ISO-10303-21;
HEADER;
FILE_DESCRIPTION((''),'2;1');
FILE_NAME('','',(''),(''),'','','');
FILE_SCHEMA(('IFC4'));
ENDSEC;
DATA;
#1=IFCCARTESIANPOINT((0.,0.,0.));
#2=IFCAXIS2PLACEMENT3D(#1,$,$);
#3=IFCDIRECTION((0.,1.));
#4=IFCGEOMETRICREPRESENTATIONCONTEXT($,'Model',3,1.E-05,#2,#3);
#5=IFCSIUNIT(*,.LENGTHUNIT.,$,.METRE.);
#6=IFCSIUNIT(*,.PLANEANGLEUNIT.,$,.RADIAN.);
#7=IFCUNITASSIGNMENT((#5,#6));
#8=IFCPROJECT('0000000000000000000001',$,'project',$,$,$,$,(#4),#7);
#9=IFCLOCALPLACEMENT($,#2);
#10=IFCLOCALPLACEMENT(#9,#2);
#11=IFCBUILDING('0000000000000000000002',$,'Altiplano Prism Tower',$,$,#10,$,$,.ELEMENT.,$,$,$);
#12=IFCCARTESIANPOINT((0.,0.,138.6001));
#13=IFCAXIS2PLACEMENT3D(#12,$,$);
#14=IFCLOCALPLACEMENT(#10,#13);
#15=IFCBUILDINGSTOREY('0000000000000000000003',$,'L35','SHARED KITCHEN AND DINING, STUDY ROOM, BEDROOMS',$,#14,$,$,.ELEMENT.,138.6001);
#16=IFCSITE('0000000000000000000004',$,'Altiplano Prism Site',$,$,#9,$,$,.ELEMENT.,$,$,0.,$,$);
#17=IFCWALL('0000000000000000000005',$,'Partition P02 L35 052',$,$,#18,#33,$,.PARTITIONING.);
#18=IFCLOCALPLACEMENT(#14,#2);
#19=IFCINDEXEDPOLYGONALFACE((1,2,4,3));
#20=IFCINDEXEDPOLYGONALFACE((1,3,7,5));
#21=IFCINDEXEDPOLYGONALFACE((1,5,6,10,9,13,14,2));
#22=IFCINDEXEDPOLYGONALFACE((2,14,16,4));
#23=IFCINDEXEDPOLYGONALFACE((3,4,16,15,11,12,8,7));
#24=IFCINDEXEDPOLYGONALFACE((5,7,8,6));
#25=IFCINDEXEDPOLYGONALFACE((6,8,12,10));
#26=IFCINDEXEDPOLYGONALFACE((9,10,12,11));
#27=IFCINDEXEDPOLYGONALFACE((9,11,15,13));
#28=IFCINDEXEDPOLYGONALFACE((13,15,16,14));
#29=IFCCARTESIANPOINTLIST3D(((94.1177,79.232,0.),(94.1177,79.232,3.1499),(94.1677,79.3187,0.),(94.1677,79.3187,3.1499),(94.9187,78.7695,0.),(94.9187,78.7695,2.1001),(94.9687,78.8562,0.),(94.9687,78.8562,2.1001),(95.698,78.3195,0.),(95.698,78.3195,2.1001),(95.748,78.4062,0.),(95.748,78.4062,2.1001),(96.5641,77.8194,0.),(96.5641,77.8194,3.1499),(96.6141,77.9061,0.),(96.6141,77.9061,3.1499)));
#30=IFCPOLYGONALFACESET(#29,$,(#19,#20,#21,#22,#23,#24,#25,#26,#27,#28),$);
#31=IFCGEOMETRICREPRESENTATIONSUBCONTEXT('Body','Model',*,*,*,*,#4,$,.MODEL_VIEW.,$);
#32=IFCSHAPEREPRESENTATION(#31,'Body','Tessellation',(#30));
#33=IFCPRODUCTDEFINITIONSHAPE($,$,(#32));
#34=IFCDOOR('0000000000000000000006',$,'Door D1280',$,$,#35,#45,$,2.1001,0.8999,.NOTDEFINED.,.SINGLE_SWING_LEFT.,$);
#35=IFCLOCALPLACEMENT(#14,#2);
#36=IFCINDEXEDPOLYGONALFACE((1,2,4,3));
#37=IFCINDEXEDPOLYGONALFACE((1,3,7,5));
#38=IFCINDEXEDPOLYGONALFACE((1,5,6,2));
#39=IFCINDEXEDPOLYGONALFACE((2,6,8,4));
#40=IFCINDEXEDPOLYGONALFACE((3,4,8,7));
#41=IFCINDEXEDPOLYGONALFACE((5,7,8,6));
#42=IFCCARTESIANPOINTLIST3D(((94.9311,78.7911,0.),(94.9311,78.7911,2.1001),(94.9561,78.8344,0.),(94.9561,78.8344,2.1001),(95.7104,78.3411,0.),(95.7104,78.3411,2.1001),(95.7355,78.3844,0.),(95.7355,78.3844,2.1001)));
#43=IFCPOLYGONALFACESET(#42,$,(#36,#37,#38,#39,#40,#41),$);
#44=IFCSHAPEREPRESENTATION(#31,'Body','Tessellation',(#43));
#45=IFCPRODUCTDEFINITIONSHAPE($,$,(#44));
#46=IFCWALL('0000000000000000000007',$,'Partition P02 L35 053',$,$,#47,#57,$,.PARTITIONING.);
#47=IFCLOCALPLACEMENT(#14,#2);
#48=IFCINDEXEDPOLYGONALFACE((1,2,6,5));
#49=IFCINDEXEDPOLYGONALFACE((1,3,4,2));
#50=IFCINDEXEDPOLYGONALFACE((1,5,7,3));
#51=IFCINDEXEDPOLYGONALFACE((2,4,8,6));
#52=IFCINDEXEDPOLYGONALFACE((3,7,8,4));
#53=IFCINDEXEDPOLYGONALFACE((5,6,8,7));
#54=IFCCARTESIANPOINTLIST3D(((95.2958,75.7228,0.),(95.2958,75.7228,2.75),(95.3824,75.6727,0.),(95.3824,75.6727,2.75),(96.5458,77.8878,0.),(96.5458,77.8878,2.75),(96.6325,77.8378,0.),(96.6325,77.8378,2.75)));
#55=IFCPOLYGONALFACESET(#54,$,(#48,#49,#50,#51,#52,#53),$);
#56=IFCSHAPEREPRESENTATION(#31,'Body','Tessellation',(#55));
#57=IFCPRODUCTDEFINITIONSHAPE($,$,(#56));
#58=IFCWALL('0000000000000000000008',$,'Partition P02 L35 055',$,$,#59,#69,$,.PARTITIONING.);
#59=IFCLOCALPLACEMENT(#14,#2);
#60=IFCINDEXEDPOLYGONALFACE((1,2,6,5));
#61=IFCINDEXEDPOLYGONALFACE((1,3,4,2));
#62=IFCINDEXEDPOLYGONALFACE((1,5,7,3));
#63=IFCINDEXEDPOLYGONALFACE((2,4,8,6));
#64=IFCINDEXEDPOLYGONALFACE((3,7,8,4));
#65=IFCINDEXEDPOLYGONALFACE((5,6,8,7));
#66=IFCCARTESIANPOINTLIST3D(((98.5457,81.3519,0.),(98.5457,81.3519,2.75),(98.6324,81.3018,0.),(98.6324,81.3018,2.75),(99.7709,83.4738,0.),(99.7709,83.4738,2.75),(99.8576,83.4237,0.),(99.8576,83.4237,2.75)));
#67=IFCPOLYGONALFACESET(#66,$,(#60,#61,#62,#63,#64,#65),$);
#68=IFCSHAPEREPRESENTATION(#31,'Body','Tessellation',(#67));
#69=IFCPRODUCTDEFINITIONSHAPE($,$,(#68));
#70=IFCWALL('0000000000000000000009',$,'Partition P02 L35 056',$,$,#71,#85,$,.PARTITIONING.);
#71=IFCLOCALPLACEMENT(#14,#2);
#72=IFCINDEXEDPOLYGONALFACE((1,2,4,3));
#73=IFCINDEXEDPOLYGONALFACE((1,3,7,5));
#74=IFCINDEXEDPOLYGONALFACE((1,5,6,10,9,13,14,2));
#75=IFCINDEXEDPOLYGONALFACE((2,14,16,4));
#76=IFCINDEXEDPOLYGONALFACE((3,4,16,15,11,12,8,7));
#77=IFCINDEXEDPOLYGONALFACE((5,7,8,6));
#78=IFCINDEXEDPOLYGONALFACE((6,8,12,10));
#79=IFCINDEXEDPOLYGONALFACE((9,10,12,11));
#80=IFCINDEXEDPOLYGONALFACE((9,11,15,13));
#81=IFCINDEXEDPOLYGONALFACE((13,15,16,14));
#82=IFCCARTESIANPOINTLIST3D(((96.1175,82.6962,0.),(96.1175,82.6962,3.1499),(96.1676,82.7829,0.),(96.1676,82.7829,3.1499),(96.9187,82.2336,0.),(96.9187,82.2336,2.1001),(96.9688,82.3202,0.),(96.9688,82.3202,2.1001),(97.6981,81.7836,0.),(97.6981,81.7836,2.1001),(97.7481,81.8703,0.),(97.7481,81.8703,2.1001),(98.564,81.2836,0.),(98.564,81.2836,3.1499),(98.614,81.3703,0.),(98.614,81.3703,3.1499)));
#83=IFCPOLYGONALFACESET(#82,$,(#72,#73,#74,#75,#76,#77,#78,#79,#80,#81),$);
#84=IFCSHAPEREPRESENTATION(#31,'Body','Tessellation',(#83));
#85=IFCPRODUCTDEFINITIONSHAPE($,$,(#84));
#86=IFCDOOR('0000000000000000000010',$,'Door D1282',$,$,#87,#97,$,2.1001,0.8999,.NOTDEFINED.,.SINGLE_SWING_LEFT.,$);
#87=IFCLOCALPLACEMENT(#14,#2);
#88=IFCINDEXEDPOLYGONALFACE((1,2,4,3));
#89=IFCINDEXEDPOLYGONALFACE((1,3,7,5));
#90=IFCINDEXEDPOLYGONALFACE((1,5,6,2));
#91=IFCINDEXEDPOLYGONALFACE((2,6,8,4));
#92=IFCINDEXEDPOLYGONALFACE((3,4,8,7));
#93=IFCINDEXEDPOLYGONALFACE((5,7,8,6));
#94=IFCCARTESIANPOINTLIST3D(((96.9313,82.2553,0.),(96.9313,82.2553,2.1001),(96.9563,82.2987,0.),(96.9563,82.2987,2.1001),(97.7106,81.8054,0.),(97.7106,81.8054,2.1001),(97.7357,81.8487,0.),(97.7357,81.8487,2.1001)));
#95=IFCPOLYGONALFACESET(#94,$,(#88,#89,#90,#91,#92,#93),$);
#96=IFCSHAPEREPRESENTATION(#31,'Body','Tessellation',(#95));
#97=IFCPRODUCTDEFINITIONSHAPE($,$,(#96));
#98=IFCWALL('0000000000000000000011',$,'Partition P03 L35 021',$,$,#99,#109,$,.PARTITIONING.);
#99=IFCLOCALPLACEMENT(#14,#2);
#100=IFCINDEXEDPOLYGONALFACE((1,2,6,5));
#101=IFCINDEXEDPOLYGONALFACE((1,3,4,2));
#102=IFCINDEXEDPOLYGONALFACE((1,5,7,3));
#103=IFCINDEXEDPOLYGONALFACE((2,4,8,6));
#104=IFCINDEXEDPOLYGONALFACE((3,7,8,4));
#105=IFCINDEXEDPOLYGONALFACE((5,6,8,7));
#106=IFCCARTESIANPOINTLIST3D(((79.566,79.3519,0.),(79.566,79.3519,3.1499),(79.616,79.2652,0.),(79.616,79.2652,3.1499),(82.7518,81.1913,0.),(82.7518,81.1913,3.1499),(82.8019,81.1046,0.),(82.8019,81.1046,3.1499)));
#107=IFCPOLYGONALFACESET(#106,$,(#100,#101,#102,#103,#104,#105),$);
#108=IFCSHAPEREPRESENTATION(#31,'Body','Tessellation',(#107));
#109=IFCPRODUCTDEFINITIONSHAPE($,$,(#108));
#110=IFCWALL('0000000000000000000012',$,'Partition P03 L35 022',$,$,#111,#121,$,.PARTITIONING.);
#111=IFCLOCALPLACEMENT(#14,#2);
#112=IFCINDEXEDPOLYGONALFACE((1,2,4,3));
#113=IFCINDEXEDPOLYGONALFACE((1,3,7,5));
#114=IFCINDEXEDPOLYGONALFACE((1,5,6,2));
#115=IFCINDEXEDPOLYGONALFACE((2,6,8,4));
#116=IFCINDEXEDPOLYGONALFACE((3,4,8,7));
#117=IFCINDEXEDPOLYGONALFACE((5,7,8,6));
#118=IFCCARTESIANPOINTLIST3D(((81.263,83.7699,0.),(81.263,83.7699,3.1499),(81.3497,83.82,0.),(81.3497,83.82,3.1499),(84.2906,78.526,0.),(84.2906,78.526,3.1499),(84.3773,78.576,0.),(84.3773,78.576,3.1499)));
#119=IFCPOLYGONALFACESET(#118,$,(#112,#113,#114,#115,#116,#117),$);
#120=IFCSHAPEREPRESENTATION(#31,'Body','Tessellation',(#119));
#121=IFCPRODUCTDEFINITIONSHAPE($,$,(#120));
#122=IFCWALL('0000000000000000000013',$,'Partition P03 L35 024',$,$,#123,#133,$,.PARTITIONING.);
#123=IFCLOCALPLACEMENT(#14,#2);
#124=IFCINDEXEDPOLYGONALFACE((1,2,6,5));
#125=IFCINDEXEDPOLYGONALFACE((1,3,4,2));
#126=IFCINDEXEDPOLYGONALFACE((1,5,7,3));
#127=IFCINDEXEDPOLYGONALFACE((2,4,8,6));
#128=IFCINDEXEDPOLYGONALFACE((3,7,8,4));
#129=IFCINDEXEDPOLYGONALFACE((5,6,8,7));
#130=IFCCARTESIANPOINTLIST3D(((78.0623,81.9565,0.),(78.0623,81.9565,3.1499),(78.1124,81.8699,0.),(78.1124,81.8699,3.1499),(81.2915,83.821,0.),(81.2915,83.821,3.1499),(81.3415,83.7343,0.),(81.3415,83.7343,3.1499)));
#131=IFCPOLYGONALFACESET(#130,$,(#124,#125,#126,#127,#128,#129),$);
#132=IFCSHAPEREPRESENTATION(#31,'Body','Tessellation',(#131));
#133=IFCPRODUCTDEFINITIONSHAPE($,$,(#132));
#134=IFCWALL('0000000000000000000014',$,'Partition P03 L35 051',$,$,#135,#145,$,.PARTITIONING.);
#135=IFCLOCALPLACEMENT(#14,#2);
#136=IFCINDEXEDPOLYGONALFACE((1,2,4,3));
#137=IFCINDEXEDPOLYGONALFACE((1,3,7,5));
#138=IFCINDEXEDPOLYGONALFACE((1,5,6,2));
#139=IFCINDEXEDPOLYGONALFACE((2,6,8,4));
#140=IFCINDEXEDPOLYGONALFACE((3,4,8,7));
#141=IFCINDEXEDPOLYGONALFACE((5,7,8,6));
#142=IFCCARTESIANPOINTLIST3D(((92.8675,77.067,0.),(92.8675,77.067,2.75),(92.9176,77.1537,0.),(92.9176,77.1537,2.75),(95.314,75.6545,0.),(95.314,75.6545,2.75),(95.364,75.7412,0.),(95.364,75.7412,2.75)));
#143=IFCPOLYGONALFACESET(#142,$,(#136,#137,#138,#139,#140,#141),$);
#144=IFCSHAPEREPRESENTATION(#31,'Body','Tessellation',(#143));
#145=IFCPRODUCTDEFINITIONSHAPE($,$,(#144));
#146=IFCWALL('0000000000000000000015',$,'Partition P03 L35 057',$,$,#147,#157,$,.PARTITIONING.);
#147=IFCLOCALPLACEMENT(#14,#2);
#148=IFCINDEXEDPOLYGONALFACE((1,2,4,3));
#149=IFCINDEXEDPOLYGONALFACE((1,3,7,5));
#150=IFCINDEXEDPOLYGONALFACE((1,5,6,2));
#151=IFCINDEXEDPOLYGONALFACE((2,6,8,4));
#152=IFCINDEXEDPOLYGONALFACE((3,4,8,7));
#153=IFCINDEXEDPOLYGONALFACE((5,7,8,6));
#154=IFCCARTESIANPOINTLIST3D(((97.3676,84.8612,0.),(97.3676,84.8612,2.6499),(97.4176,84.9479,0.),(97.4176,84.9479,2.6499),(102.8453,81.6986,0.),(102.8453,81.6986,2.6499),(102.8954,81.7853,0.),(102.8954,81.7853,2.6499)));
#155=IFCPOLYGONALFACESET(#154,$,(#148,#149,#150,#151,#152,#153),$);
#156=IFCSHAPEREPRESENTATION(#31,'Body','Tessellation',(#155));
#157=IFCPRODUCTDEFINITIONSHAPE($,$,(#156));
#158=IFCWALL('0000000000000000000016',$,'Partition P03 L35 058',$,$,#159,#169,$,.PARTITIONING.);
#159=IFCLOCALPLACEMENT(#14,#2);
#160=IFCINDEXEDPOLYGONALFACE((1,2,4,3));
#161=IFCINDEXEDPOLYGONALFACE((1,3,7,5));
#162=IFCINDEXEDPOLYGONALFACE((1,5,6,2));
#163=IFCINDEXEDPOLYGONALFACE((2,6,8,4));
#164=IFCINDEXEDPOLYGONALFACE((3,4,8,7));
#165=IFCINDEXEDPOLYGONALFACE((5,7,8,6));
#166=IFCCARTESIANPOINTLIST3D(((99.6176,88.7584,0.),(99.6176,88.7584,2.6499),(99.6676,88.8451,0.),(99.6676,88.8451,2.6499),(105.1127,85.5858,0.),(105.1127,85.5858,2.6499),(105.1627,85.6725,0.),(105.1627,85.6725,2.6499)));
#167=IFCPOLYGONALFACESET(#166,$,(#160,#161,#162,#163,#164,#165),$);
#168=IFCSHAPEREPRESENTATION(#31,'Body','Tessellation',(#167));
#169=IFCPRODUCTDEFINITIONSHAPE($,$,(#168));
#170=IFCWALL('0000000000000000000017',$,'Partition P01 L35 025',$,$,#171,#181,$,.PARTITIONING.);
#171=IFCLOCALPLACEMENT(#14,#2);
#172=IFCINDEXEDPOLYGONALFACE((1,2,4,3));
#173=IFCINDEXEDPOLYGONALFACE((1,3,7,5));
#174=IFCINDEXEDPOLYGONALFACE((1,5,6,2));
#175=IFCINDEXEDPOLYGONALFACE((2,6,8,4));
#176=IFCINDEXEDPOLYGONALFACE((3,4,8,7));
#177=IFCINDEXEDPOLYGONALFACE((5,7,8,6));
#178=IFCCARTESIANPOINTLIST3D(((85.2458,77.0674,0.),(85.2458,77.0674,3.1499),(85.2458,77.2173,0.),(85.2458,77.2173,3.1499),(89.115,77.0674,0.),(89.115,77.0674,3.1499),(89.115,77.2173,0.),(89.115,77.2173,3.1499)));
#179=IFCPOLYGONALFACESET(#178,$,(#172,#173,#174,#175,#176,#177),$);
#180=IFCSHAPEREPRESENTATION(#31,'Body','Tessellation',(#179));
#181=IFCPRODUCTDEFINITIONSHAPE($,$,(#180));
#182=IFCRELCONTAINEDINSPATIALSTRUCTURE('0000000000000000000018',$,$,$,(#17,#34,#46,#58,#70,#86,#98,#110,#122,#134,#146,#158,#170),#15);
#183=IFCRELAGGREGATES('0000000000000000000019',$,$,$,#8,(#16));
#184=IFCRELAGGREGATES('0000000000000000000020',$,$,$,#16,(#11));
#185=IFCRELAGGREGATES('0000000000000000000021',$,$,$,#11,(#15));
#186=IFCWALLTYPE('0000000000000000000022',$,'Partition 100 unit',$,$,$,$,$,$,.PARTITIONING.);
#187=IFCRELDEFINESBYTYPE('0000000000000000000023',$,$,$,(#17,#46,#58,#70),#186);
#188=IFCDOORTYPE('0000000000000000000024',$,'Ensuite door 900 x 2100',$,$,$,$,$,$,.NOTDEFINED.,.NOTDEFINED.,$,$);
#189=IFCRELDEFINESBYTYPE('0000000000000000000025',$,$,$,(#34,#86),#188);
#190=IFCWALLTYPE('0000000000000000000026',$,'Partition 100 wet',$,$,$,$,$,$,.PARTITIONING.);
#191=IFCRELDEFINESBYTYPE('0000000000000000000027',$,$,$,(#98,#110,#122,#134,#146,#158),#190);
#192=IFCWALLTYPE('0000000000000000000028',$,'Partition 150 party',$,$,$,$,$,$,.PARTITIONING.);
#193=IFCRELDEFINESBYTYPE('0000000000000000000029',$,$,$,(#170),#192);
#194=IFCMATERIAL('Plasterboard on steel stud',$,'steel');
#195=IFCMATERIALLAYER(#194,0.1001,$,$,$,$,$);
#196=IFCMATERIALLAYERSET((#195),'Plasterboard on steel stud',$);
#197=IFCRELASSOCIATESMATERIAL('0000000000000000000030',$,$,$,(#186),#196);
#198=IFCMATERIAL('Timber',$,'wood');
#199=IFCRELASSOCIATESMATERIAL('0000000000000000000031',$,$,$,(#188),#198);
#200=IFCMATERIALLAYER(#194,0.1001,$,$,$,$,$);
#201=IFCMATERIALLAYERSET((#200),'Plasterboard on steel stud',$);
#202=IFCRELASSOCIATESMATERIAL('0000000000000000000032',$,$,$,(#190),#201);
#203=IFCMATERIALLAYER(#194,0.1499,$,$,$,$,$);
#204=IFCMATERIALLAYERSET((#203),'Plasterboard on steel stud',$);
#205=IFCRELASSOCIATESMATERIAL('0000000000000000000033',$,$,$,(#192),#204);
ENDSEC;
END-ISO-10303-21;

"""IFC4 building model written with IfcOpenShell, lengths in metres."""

from ifc_helpers import new_model, si_unit, direction, frame, frame_2d, origin, place, context, subcontext, project, spatial, rectangle, extrude, material, layer, layer_set, type_object, element, fill, save


model = new_model("IFC4")

# Units and contexts
model_context = context("Model", 3, precision=1e-05, world=origin(), true_north=direction((0.0, 1.0)))
body_context = subcontext(model_context, "Body", "Model", "MODEL_VIEW")
ifc_project = project(units=[si_unit("LENGTHUNIT", "METRE"), si_unit("PLANEANGLEUNIT", "RADIAN")], contexts=[model_context])

# Site, building, storey
site_placement = place(None, origin())
site = spatial("IfcSite", under=ifc_project, at=site_placement, Name="Altiplano Prism Site", CompositionType="ELEMENT", RefElevation=0.0)
building_placement = place(site_placement, origin())
building = spatial("IfcBuilding", under=site, at=building_placement, Name="Altiplano Prism Tower", CompositionType="ELEMENT")
storey_placement = place(building_placement, frame((0.0, 0.0, 138.6001)))
storey = spatial("IfcBuildingStorey", under=building, at=storey_placement, Name="L35", Description="SHARED KITCHEN AND DINING, STUDY ROOM, BEDROOMS", CompositionType="ELEMENT", Elevation=138.6001)

# Shared definitions
ifc_material_1 = material(Name="Plasterboard on steel stud", Category="steel")
ifc_layer_1 = layer(ifc_material_1, 0.1001)
ifc_layer_set_1 = layer_set([ifc_layer_1], Name="Plasterboard on steel stud")
wall_type_1 = type_object("IfcWallType", Name="Partition 100 unit", PredefinedType="PARTITIONING", material=ifc_layer_set_1)

# Wall, opening, door
wall_1_placement = place(storey_placement, frame((94.1426, 79.2754, 0.0), z_axis=(0.0, 0.0, 1.0), x_axis=(0.866011, -0.500024, 0.0)))
wall_1 = element("IfcWall", 1, at=wall_1_placement, inside=storey, type_object=wall_type_1, Name="Partition P02 L35 052", PredefinedType="PARTITIONING", context=body_context, shape_type="SweptSolid", body=[
    extrude(rectangle(XDim=2.825, YDim=0.1001, at=frame_2d((1.4126, 0.0))), origin(), (0.0, 0.0, 1.0), 3.1499),
])
opening_1_placement = place(wall_1_placement, frame((0.925, 0.0, 0.0)))
opening_1 = element("IfcOpeningElement", 2, at=opening_1_placement, cuts=wall_1, PredefinedType="OPENING", context=body_context, shape_type="SweptSolid", body=[
    extrude(rectangle(XDim=0.8999, YDim=2.1001, at=frame_2d((0.45, 1.05))), frame((0.0, 0.0605, 0.0), z_axis=(0.0, -1.0, 0.0), x_axis=(1.0, 0.0, 0.0)), (0.0, 0.0, 1.0), 0.1211),
])
ifc_material_2 = material(Name="Timber", Category="wood")
door_type = type_object("IfcDoorType", Name="Ensuite door 900 x 2100", OperationType="NOTDEFINED", PredefinedType="NOTDEFINED", material=ifc_material_2)
door_1_placement = place(opening_1_placement, origin())
door_1 = element("IfcDoor", 3, at=door_1_placement, inside=storey, type_object=door_type, Name="Door D1280", OperationType="SINGLE_SWING_LEFT", OverallHeight=2.1001, OverallWidth=0.8999, PredefinedType="NOTDEFINED", context=body_context, shape_type="SweptSolid", body=[
    extrude(rectangle(XDim=0.8999, YDim=2.1001, at=frame_2d((0.45, 1.05))), frame((0.0, 0.0249, 0.0), z_axis=(0.0, -1.0, 0.0), x_axis=(1.0, 0.0, 0.0)), (0.0, 0.0, 1.0), 0.05),
])
fill(opening_1, door_1)

# Walls
wall_2_placement = place(storey_placement, frame((96.5891, 77.8628, 0.0), z_axis=(0.0, 0.0, 1.0), x_axis=(-0.500004, -0.866023, 0.0)))
element("IfcWall", 4, at=wall_2_placement, inside=storey, type_object=wall_type_1, Name="Partition P02 L35 053", PredefinedType="PARTITIONING", context=body_context, shape_type="SweptSolid", body=[
    extrude(rectangle(XDim=2.5, YDim=0.1001, at=frame_2d((1.25, 0.0))), origin(), (0.0, 0.0, 1.0), 2.75),
])
wall_3_placement = place(storey_placement, frame((99.8142, 83.4487, 0.0), z_axis=(0.0, 0.0, 1.0), x_axis=(-0.500019, -0.866015, 0.0)))
element("IfcWall", 5, at=wall_3_placement, inside=storey, type_object=wall_type_1, Name="Partition P02 L35 055", PredefinedType="PARTITIONING", context=body_context, shape_type="SweptSolid", body=[
    extrude(rectangle(XDim=2.4502, YDim=0.1001, at=frame_2d((1.2251, 0.0))), origin(), (0.0, 0.0, 1.0), 2.75),
])

# Wall, opening, door
wall_4_placement = place(storey_placement, frame((98.5891, 81.3269, 0.0), z_axis=(0.0, 0.0, 1.0), x_axis=(-0.866011, 0.500024, 0.0)))
wall_4 = element("IfcWall", 6, at=wall_4_placement, inside=storey, type_object=wall_type_1, Name="Partition P02 L35 056", PredefinedType="PARTITIONING", context=body_context, shape_type="SweptSolid", body=[
    extrude(rectangle(XDim=2.825, YDim=0.1001, at=frame_2d((1.4126, 0.0))), origin(), (0.0, 0.0, 1.0), 3.1499),
])
opening_2_placement = place(wall_4_placement, frame((1.0, 0.0, 0.0)))
opening_2 = element("IfcOpeningElement", 7, at=opening_2_placement, cuts=wall_4, PredefinedType="OPENING", context=body_context, shape_type="SweptSolid", body=[
    extrude(rectangle(XDim=0.8999, YDim=2.1001, at=frame_2d((0.45, 1.05))), frame((0.0, 0.0605, 0.0), z_axis=(0.0, -1.0, 0.0), x_axis=(1.0, 0.0, 0.0)), (0.0, 0.0, 1.0), 0.1211),
])
door_2_placement = place(opening_2_placement, origin())
door_2 = element("IfcDoor", 8, at=door_2_placement, inside=storey, type_object=door_type, Name="Door D1282", OperationType="SINGLE_SWING_LEFT", OverallHeight=2.1001, OverallWidth=0.8999, PredefinedType="NOTDEFINED", context=body_context, shape_type="SweptSolid", body=[
    extrude(rectangle(XDim=0.8999, YDim=2.1001, at=frame_2d((0.45, 1.05))), frame((0.0, 0.0249, 0.0), z_axis=(0.0, -1.0, 0.0), x_axis=(1.0, 0.0, 0.0)), (0.0, 0.0, 1.0), 0.05),
])
fill(opening_2, door_2)

# Walls
ifc_layer_2 = layer(ifc_material_1, 0.1001)
ifc_layer_set_2 = layer_set([ifc_layer_2], Name="Plasterboard on steel stud")
wall_type_2 = type_object("IfcWallType", Name="Partition 100 wet", PredefinedType="PARTITIONING", material=ifc_layer_set_2)
wall_5_placement = place(storey_placement, frame((82.7769, 81.1479, 0.0), z_axis=(0.0, 0.0, 1.0), x_axis=(-0.866021, -0.500008, 0.0)))
element("IfcWall", 9, at=wall_5_placement, inside=storey, type_object=wall_type_2, Name="Partition P03 L35 021", PredefinedType="PARTITIONING", context=body_context, shape_type="SweptSolid", body=[
    extrude(rectangle(XDim=3.6787, YDim=0.1001, at=frame_2d((1.8394, 0.0))), origin(), (0.0, 0.0, 1.0), 3.1499),
])
wall_6_placement = place(storey_placement, frame((84.334, 78.551, 0.0), z_axis=(0.0, 0.0, 1.0), x_axis=(-0.500003, 0.866024, 0.0)))
element("IfcWall", 10, at=wall_6_placement, inside=storey, type_object=wall_type_2, Name="Partition P03 L35 022", PredefinedType="PARTITIONING", context=body_context, shape_type="SweptSolid", body=[
    extrude(rectangle(XDim=6.0552, YDim=0.1001, at=frame_2d((3.0276, 0.0))), origin(), (0.0, 0.0, 1.0), 3.1499),
])
wall_7_placement = place(storey_placement, frame((81.3164, 83.7776, 0.0), z_axis=(0.0, 0.0, 1.0), x_axis=(-0.866014, -0.500019, 0.0)))
element("IfcWall", 11, at=wall_7_placement, inside=storey, type_object=wall_type_2, Name="Partition P03 L35 024", PredefinedType="PARTITIONING", context=body_context, shape_type="SweptSolid", body=[
    extrude(rectangle(XDim=3.7288, YDim=0.1001, at=frame_2d((1.8643, 0.0))), origin(), (0.0, 0.0, 1.0), 3.1499),
])
wall_8_placement = place(storey_placement, frame((95.3391, 75.6978, 0.0), z_axis=(0.0, 0.0, 1.0), x_axis=(-0.866011, 0.500024, 0.0)))
element("IfcWall", 12, at=wall_8_placement, inside=storey, type_object=wall_type_2, Name="Partition P03 L35 051", PredefinedType="PARTITIONING", context=body_context, shape_type="SweptSolid", body=[
    extrude(rectangle(XDim=2.825, YDim=0.1001, at=frame_2d((1.4126, 0.0))), origin(), (0.0, 0.0, 1.0), 2.75),
])
wall_9_placement = place(storey_placement, frame((102.8704, 81.7419, 0.0), z_axis=(0.0, 0.0, 1.0), x_axis=(-0.866026, 0.5, 0.0)))
element("IfcWall", 13, at=wall_9_placement, inside=storey, type_object=wall_type_2, Name="Partition P03 L35 057", PredefinedType="PARTITIONING", context=body_context, shape_type="SweptSolid", body=[
    extrude(rectangle(XDim=6.3252, YDim=0.1001, at=frame_2d((3.1626, 0.0))), origin(), (0.0, 0.0, 1.0), 2.6499),
])
wall_10_placement = place(storey_placement, frame((105.1377, 85.6292, 0.0), z_axis=(0.0, 0.0, 1.0), x_axis=(-0.866025, 0.5, 0.0)))
element("IfcWall", 14, at=wall_10_placement, inside=storey, type_object=wall_type_2, Name="Partition P03 L35 058", PredefinedType="PARTITIONING", context=body_context, shape_type="SweptSolid", body=[
    extrude(rectangle(XDim=6.3452, YDim=0.1001, at=frame_2d((3.1726, 0.0))), origin(), (0.0, 0.0, 1.0), 2.6499),
])
ifc_layer_3 = layer(ifc_material_1, 0.1499)
ifc_layer_set_3 = layer_set([ifc_layer_3], Name="Plasterboard on steel stud")
wall_type_3 = type_object("IfcWallType", Name="Partition 150 party", PredefinedType="PARTITIONING", material=ifc_layer_set_3)
wall_11_placement = place(storey_placement, frame((89.115, 77.1423, 0.0), z_axis=(0.0, 0.0, 1.0), x_axis=(-1.0, 0.0, 0.0)))
element("IfcWall", 15, at=wall_11_placement, inside=storey, type_object=wall_type_3, Name="Partition P01 L35 025", PredefinedType="PARTITIONING", context=body_context, shape_type="SweptSolid", body=[
    extrude(rectangle(XDim=3.8691, YDim=0.1499, at=frame_2d((1.9346, 0.0))), origin(), (0.0, 0.0, 1.0), 3.1499),
])

save(model, "model.ifc")
